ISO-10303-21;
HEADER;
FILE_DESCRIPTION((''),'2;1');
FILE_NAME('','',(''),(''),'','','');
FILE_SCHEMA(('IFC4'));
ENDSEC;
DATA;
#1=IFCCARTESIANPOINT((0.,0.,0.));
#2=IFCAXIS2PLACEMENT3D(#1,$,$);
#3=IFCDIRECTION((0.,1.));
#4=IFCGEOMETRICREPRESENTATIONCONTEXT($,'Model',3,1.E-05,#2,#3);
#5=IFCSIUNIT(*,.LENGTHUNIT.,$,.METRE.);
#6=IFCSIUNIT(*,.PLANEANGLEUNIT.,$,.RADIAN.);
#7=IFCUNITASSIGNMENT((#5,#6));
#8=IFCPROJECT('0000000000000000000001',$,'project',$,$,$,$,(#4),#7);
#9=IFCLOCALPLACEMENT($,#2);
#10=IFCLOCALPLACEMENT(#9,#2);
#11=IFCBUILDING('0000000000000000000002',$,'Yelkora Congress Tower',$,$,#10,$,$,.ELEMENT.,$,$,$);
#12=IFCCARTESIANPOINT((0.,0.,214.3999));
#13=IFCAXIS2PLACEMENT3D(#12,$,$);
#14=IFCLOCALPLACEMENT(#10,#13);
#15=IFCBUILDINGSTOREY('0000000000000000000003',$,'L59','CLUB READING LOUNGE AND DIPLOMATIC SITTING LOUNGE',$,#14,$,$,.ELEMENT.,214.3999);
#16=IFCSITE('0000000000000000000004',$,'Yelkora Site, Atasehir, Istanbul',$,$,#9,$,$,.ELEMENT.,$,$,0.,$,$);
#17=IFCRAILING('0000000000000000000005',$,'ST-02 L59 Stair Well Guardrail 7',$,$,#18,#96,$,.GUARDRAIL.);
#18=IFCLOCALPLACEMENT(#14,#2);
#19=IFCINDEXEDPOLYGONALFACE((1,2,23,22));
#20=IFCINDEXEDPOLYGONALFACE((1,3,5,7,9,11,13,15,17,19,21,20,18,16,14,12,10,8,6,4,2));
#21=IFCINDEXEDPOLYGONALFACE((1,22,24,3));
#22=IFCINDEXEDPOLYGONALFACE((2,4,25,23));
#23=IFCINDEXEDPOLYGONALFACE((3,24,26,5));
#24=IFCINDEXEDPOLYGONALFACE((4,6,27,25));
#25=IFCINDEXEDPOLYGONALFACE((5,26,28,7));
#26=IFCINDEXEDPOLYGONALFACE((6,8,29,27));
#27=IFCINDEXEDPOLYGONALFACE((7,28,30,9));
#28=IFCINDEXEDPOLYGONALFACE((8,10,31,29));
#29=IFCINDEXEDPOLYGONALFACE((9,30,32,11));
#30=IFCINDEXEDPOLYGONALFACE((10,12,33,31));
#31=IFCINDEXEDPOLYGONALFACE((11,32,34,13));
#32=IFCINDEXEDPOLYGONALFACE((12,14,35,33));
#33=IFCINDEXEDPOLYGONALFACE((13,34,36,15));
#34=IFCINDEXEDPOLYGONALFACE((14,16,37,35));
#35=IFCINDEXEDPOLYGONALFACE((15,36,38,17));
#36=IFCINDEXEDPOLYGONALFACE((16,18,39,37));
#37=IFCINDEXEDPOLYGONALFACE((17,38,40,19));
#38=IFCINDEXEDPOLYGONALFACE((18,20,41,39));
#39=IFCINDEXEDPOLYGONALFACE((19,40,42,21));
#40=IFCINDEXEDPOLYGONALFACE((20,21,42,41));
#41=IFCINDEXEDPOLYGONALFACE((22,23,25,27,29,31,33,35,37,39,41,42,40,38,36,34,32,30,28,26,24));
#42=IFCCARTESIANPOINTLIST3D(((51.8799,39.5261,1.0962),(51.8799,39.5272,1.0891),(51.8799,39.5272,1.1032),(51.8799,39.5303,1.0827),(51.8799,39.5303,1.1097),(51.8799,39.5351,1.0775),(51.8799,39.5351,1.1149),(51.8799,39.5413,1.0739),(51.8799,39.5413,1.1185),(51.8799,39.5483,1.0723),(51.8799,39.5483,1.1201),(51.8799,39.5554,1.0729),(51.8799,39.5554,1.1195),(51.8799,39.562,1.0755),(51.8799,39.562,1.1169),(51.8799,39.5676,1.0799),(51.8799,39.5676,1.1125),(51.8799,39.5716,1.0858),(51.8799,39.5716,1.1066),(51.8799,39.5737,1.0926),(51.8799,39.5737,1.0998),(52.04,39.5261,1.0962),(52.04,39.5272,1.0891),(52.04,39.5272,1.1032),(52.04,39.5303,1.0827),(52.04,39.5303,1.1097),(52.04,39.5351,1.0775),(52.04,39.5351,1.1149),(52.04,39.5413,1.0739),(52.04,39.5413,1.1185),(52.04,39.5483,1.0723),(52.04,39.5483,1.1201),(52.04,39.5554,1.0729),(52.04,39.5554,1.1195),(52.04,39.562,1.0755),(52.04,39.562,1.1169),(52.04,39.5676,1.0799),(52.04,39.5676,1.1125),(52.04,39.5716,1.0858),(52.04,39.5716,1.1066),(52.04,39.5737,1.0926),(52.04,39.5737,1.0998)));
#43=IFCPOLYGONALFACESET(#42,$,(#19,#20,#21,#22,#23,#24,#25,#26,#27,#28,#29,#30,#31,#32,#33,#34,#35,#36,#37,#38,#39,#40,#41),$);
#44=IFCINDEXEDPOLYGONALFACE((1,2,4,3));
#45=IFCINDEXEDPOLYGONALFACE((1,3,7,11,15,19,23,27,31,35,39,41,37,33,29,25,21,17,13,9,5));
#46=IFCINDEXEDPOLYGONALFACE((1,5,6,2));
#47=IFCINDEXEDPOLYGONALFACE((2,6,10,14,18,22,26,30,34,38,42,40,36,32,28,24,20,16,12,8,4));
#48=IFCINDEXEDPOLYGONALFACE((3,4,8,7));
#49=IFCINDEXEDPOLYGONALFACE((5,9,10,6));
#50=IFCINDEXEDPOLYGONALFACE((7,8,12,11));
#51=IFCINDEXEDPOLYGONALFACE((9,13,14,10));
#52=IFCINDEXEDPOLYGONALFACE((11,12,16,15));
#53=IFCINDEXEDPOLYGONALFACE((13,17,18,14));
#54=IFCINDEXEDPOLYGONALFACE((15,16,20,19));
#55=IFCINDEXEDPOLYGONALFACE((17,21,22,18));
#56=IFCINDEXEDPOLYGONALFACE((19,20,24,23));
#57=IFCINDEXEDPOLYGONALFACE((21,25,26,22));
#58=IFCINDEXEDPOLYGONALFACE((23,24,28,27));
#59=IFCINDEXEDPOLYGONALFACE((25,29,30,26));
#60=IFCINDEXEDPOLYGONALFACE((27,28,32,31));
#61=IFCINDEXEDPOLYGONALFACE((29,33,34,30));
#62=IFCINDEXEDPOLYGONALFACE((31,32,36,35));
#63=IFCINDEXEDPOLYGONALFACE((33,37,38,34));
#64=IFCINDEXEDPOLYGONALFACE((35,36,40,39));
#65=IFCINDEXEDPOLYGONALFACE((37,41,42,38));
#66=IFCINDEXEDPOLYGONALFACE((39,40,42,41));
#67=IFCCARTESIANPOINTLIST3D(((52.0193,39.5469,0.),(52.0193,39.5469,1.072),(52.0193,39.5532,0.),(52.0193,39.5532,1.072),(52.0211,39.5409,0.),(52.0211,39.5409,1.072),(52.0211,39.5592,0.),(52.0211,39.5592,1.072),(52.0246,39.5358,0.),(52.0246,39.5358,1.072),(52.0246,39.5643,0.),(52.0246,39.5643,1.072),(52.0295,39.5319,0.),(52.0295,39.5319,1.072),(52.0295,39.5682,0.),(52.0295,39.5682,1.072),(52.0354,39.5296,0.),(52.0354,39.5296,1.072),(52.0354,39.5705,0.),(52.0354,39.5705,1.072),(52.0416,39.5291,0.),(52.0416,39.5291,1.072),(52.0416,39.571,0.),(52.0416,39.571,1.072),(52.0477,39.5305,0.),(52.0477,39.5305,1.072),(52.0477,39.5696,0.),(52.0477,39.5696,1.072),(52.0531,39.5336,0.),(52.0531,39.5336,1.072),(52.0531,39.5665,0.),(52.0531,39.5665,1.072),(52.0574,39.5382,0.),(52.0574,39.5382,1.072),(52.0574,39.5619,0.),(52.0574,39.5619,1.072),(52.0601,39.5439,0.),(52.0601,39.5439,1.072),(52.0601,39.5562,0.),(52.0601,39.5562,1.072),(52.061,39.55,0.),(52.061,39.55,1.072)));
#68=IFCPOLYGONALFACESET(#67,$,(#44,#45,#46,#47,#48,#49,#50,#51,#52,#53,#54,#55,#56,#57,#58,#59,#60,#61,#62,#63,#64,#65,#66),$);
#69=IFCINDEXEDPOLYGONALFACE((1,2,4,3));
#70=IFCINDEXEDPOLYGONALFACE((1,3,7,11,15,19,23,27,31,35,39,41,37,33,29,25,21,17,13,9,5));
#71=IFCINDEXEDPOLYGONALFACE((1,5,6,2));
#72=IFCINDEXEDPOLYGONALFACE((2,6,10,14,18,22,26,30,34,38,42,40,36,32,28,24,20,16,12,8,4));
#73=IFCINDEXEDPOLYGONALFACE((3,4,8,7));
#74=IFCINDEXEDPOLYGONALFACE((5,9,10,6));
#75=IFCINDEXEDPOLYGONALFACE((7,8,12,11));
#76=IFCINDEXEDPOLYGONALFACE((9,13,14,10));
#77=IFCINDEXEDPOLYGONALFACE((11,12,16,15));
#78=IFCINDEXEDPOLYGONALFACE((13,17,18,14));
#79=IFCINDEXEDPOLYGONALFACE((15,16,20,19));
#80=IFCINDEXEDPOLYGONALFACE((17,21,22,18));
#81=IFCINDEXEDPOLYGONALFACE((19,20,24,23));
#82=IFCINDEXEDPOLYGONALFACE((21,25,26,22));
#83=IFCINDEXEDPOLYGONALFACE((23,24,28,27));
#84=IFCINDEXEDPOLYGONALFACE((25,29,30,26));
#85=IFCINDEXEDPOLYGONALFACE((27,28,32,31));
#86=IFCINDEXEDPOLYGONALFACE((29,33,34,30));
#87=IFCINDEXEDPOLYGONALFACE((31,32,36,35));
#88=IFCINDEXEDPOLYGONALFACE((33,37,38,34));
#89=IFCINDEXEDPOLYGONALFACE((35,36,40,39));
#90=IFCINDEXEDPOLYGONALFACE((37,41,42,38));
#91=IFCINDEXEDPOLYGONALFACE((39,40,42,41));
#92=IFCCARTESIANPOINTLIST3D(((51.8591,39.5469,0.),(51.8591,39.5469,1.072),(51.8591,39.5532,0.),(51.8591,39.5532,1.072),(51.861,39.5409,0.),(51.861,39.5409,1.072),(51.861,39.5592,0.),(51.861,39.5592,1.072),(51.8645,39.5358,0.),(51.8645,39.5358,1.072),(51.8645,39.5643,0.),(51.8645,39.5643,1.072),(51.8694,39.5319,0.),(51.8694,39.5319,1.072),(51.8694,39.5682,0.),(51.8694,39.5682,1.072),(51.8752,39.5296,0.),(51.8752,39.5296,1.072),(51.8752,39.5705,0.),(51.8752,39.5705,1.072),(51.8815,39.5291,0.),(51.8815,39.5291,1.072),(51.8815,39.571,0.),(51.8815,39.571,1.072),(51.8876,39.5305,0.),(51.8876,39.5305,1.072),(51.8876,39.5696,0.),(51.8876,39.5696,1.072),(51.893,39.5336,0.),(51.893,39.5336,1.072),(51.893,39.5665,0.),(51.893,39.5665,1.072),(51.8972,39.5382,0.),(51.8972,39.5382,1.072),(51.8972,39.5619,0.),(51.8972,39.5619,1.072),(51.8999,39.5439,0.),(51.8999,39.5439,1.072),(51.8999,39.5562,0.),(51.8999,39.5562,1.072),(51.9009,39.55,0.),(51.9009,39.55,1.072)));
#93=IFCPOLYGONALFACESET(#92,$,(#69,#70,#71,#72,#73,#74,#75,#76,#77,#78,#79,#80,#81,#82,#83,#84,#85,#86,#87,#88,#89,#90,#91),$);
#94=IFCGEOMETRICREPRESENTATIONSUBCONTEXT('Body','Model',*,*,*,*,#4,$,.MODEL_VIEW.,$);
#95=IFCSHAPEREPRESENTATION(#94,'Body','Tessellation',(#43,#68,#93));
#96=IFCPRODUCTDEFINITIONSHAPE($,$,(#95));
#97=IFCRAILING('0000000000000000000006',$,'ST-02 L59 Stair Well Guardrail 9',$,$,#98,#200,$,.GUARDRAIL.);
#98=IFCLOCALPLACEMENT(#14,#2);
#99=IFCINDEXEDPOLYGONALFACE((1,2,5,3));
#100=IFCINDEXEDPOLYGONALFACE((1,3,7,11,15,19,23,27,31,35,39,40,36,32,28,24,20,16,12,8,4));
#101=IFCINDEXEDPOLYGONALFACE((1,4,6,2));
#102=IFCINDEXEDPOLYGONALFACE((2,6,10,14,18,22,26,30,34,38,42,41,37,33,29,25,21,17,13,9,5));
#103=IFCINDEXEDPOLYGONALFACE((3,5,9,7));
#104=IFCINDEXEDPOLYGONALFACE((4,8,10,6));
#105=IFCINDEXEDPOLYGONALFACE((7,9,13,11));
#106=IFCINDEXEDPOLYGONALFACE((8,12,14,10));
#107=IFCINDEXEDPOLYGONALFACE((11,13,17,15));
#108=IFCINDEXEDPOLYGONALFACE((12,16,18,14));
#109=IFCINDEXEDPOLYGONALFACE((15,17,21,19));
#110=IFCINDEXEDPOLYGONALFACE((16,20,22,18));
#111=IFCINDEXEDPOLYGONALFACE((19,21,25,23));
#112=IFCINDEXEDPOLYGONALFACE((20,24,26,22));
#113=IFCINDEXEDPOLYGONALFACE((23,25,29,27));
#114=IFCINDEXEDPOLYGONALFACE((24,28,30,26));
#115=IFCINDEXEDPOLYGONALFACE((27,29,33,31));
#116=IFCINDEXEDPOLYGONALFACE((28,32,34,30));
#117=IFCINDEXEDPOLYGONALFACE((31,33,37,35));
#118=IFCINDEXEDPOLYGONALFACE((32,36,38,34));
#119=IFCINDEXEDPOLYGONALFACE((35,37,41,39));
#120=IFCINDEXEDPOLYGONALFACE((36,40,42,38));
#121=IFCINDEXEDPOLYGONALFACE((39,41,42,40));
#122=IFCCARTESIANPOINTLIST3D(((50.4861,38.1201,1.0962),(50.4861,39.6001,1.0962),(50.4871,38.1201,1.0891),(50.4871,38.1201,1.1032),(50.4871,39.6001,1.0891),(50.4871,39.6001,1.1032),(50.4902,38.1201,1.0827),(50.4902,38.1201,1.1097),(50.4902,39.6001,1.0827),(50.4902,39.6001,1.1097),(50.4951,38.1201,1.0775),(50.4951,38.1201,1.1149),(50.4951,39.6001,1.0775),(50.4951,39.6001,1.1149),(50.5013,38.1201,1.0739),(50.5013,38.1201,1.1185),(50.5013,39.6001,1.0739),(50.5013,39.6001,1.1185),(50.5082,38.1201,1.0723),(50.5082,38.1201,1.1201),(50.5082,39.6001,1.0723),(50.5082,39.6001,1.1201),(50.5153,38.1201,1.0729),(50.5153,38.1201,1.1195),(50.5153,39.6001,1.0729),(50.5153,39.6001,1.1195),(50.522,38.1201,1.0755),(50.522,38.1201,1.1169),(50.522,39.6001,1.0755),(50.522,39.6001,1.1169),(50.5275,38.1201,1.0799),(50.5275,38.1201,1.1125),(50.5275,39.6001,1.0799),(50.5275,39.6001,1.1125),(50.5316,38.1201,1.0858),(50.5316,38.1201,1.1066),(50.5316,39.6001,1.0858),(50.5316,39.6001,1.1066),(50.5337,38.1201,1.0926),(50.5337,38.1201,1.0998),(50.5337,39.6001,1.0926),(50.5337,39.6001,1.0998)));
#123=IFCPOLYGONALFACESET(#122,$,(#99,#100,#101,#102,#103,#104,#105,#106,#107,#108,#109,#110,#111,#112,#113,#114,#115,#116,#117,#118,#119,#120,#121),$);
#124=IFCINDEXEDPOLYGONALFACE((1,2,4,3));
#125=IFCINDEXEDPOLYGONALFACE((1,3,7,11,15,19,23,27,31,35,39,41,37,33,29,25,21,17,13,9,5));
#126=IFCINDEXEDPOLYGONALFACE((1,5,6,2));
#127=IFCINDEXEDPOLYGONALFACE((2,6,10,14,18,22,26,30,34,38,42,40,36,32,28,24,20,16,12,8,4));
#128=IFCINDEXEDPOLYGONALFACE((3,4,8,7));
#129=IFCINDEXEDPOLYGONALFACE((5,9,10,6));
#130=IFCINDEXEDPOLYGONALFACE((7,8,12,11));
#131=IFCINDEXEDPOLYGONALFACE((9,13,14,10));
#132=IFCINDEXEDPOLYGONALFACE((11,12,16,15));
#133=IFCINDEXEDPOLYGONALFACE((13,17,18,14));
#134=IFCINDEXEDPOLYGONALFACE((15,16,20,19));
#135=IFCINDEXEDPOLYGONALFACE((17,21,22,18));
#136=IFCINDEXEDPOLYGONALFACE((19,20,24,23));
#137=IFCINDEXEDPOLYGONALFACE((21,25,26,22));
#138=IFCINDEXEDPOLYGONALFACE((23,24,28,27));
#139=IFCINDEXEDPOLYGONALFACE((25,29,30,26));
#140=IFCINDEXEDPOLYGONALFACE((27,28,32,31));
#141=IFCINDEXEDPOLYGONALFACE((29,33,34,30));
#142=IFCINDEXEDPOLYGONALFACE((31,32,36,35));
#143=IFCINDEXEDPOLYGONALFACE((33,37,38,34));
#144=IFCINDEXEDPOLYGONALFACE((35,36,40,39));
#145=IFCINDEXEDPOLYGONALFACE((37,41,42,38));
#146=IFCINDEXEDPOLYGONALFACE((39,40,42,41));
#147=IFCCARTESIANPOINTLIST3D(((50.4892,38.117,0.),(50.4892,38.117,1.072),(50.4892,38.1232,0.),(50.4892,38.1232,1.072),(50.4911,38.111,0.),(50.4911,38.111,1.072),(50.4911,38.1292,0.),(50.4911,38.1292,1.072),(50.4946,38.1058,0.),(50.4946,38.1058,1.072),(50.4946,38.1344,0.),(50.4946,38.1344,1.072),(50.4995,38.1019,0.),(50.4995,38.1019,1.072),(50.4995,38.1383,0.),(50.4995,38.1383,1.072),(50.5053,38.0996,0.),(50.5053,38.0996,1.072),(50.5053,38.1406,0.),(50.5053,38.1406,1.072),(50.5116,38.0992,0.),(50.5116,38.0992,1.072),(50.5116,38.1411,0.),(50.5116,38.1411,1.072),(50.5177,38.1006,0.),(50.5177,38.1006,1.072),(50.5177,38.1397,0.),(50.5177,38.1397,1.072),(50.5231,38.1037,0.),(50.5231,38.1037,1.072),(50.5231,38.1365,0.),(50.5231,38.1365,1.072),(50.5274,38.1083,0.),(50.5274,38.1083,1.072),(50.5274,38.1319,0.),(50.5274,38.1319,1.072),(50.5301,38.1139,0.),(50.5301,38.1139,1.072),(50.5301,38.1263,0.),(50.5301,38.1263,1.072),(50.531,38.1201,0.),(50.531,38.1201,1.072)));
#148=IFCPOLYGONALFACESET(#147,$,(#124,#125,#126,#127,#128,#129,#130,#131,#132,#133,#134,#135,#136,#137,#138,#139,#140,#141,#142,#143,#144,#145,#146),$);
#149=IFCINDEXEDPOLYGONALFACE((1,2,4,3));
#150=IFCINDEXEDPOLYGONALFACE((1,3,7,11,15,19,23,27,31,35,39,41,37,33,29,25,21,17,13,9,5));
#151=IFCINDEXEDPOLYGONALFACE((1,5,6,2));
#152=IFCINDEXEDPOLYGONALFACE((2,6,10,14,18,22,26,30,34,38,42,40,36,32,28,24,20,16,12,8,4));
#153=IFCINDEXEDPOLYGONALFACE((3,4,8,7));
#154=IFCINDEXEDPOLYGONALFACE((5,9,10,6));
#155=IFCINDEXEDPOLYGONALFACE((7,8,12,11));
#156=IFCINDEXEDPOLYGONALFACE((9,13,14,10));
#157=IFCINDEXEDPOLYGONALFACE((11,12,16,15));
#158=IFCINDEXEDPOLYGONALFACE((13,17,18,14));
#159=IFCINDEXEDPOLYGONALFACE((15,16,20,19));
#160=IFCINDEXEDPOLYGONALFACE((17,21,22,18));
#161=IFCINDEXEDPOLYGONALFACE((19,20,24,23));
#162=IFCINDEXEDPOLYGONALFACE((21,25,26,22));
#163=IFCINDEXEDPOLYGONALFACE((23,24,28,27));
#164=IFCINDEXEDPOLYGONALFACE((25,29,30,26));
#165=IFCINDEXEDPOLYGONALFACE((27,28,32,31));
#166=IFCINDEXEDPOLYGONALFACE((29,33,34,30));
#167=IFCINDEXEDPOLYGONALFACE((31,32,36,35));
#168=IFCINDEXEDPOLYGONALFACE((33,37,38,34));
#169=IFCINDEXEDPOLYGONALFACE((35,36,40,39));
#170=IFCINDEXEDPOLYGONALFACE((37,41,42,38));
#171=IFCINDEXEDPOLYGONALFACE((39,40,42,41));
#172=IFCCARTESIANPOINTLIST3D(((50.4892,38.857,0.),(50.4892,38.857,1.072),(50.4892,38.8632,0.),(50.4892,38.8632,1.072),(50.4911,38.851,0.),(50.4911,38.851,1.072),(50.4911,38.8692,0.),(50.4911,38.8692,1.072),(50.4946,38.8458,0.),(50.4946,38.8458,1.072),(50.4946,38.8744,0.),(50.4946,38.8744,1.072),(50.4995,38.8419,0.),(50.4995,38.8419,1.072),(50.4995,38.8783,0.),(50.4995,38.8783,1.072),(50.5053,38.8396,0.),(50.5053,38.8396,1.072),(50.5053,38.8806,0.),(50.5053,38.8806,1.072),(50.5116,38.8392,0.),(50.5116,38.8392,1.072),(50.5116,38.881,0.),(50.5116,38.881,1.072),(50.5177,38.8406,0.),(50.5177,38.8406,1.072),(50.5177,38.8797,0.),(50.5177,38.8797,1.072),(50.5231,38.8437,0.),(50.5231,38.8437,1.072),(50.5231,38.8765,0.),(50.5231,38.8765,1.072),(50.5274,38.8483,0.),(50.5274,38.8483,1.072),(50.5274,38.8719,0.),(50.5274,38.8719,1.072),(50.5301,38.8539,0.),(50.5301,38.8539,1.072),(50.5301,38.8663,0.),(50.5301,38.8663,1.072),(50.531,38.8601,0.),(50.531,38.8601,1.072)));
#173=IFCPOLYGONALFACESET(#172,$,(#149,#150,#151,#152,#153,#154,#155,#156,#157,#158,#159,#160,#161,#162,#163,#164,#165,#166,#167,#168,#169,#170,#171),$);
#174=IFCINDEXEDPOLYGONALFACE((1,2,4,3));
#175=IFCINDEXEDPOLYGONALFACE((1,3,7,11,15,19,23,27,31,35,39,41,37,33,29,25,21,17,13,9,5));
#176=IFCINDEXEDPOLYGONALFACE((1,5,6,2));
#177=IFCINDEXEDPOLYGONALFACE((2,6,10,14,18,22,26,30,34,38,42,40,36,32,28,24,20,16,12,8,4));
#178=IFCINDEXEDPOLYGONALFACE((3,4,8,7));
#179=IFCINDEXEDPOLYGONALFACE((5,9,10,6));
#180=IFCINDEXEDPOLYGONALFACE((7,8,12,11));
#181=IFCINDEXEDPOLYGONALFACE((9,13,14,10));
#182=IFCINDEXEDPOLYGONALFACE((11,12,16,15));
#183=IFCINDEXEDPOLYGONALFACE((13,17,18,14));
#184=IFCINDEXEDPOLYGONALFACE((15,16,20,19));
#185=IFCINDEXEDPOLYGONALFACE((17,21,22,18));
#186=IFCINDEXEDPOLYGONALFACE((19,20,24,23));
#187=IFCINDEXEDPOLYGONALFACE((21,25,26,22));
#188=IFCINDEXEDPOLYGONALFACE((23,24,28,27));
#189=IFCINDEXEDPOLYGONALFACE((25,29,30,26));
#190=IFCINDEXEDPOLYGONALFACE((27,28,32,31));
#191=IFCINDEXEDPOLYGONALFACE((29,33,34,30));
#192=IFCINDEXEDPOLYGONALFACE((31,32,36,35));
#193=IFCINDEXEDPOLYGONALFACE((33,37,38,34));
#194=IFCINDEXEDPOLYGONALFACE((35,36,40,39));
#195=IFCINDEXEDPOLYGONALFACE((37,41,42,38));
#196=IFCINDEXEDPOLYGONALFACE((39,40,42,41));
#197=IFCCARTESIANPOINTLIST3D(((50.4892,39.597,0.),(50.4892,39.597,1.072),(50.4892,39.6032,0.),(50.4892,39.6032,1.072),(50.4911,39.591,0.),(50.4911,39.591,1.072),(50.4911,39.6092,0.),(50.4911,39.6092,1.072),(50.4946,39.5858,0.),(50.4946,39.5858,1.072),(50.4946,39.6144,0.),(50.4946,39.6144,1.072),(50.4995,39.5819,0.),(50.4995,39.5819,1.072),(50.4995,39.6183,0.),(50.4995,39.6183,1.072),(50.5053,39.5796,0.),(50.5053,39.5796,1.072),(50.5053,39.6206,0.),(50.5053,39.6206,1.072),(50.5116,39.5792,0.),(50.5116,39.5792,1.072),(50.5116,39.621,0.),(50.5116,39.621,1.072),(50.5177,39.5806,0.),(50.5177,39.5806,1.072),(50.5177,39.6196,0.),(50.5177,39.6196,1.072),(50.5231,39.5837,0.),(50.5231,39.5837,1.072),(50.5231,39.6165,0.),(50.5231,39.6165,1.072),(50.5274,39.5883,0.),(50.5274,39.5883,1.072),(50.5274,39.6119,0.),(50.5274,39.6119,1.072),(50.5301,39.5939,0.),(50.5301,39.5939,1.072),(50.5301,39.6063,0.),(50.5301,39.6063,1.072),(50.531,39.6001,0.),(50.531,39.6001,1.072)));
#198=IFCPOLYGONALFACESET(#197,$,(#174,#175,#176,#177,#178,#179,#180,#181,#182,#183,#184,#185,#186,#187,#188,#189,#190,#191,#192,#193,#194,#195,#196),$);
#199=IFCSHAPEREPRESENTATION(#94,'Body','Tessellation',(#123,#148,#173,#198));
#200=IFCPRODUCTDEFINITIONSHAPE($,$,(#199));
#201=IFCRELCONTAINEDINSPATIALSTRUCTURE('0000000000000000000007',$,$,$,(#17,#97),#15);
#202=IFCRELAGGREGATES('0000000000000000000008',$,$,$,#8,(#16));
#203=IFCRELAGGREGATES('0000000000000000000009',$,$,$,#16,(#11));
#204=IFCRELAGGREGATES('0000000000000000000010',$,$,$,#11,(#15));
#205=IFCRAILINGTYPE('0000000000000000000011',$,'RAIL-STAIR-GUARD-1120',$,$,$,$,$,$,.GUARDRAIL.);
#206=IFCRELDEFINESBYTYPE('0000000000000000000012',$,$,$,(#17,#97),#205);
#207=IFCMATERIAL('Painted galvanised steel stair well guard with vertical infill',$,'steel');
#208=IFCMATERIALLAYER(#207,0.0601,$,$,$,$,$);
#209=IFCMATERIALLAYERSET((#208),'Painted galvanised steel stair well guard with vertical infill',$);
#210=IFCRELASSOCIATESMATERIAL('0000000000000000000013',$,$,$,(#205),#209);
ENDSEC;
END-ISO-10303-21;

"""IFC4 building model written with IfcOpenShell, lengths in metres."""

from ifc_helpers import new_model, si_unit, direction, frame, origin, origin_2d, place, context, subcontext, project, spatial, circle, extrude, material, layer, layer_set, type_object, element, save


model = new_model("IFC4")

# Units and contexts
model_context = context("Model", 3, precision=1e-05, world=origin(), true_north=direction((0.0, 1.0)))
body_context = subcontext(model_context, "Body", "Model", "MODEL_VIEW")
ifc_project = project(units=[si_unit("LENGTHUNIT", "METRE"), si_unit("PLANEANGLEUNIT", "RADIAN")], contexts=[model_context])

# Site, building, storey
site_placement = place(None, origin())
site = spatial("IfcSite", under=ifc_project, at=site_placement, Name="Yelkora Site, Atasehir, Istanbul", CompositionType="ELEMENT", RefElevation=0.0)
building_placement = place(site_placement, origin())
building = spatial("IfcBuilding", under=site, at=building_placement, Name="Yelkora Congress Tower", CompositionType="ELEMENT")
storey_placement = place(building_placement, frame((0.0, 0.0, 214.3999)))
storey = spatial("IfcBuildingStorey", under=building, at=storey_placement, Name="L59", Description="CLUB READING LOUNGE AND DIPLOMATIC SITTING LOUNGE", CompositionType="ELEMENT", Elevation=214.3999)

# Railings
ifc_material_1 = material(Name="Painted galvanised steel stair well guard with vertical infill", Category="steel")
ifc_layer_1 = layer(ifc_material_1, 0.0601)
ifc_layer_set_1 = layer_set([ifc_layer_1], Name="Painted galvanised steel stair well guard with vertical infill")
railing_type_1 = type_object("IfcRailingType", Name="RAIL-STAIR-GUARD-1120", PredefinedType="GUARDRAIL", material=ifc_layer_set_1)
railing_1_placement = place(storey_placement, frame((52.04, 39.55, 0.0)))
element("IfcRailing", 1, at=railing_1_placement, inside=storey, type_object=railing_type_1, Name="ST-02 L59 Stair Well Guardrail 7", PredefinedType="GUARDRAIL", context=body_context, shape_type="SweptSolid", body=[
    extrude(circle(Radius=0.0239, at=origin_2d()), frame((0.0, 0.0, 1.0962), z_axis=(-1.0, 0.0, 0.0), x_axis=(0.0, -1.0, 0.0)), (0.0, 0.0, 1.0), 0.1602),
    extrude(circle(Radius=0.021, at=origin_2d()), origin(), (0.0, 0.0, 1.0), 1.072),
    extrude(circle(Radius=0.021, at=origin_2d()), frame((-0.1602, 0.0, 0.0)), (0.0, 0.0, 1.0), 1.072),
])
railing_2_placement = place(storey_placement, frame((50.51, 38.1201, 0.0)))
element("IfcRailing", 2, at=railing_2_placement, inside=storey, type_object=railing_type_1, Name="ST-02 L59 Stair Well Guardrail 9", PredefinedType="GUARDRAIL", context=body_context, shape_type="SweptSolid", body=[
    extrude(circle(Radius=0.0239, at=origin_2d()), frame((0.0, 0.0, 1.0962), z_axis=(0.0, 1.0, 0.0), x_axis=(-1.0, 0.0, 0.0)), (0.0, 0.0, 1.0), 1.48),
    extrude(circle(Radius=0.021, at=origin_2d()), origin(), (0.0, 0.0, 1.0), 1.072),
    extrude(circle(Radius=0.021, at=origin_2d()), frame((0.0, 0.74, 0.0)), (0.0, 0.0, 1.0), 1.072),
    extrude(circle(Radius=0.021, at=origin_2d()), frame((0.0, 1.48, 0.0)), (0.0, 0.0, 1.0), 1.072),
])

save(model, "model.ifc")
